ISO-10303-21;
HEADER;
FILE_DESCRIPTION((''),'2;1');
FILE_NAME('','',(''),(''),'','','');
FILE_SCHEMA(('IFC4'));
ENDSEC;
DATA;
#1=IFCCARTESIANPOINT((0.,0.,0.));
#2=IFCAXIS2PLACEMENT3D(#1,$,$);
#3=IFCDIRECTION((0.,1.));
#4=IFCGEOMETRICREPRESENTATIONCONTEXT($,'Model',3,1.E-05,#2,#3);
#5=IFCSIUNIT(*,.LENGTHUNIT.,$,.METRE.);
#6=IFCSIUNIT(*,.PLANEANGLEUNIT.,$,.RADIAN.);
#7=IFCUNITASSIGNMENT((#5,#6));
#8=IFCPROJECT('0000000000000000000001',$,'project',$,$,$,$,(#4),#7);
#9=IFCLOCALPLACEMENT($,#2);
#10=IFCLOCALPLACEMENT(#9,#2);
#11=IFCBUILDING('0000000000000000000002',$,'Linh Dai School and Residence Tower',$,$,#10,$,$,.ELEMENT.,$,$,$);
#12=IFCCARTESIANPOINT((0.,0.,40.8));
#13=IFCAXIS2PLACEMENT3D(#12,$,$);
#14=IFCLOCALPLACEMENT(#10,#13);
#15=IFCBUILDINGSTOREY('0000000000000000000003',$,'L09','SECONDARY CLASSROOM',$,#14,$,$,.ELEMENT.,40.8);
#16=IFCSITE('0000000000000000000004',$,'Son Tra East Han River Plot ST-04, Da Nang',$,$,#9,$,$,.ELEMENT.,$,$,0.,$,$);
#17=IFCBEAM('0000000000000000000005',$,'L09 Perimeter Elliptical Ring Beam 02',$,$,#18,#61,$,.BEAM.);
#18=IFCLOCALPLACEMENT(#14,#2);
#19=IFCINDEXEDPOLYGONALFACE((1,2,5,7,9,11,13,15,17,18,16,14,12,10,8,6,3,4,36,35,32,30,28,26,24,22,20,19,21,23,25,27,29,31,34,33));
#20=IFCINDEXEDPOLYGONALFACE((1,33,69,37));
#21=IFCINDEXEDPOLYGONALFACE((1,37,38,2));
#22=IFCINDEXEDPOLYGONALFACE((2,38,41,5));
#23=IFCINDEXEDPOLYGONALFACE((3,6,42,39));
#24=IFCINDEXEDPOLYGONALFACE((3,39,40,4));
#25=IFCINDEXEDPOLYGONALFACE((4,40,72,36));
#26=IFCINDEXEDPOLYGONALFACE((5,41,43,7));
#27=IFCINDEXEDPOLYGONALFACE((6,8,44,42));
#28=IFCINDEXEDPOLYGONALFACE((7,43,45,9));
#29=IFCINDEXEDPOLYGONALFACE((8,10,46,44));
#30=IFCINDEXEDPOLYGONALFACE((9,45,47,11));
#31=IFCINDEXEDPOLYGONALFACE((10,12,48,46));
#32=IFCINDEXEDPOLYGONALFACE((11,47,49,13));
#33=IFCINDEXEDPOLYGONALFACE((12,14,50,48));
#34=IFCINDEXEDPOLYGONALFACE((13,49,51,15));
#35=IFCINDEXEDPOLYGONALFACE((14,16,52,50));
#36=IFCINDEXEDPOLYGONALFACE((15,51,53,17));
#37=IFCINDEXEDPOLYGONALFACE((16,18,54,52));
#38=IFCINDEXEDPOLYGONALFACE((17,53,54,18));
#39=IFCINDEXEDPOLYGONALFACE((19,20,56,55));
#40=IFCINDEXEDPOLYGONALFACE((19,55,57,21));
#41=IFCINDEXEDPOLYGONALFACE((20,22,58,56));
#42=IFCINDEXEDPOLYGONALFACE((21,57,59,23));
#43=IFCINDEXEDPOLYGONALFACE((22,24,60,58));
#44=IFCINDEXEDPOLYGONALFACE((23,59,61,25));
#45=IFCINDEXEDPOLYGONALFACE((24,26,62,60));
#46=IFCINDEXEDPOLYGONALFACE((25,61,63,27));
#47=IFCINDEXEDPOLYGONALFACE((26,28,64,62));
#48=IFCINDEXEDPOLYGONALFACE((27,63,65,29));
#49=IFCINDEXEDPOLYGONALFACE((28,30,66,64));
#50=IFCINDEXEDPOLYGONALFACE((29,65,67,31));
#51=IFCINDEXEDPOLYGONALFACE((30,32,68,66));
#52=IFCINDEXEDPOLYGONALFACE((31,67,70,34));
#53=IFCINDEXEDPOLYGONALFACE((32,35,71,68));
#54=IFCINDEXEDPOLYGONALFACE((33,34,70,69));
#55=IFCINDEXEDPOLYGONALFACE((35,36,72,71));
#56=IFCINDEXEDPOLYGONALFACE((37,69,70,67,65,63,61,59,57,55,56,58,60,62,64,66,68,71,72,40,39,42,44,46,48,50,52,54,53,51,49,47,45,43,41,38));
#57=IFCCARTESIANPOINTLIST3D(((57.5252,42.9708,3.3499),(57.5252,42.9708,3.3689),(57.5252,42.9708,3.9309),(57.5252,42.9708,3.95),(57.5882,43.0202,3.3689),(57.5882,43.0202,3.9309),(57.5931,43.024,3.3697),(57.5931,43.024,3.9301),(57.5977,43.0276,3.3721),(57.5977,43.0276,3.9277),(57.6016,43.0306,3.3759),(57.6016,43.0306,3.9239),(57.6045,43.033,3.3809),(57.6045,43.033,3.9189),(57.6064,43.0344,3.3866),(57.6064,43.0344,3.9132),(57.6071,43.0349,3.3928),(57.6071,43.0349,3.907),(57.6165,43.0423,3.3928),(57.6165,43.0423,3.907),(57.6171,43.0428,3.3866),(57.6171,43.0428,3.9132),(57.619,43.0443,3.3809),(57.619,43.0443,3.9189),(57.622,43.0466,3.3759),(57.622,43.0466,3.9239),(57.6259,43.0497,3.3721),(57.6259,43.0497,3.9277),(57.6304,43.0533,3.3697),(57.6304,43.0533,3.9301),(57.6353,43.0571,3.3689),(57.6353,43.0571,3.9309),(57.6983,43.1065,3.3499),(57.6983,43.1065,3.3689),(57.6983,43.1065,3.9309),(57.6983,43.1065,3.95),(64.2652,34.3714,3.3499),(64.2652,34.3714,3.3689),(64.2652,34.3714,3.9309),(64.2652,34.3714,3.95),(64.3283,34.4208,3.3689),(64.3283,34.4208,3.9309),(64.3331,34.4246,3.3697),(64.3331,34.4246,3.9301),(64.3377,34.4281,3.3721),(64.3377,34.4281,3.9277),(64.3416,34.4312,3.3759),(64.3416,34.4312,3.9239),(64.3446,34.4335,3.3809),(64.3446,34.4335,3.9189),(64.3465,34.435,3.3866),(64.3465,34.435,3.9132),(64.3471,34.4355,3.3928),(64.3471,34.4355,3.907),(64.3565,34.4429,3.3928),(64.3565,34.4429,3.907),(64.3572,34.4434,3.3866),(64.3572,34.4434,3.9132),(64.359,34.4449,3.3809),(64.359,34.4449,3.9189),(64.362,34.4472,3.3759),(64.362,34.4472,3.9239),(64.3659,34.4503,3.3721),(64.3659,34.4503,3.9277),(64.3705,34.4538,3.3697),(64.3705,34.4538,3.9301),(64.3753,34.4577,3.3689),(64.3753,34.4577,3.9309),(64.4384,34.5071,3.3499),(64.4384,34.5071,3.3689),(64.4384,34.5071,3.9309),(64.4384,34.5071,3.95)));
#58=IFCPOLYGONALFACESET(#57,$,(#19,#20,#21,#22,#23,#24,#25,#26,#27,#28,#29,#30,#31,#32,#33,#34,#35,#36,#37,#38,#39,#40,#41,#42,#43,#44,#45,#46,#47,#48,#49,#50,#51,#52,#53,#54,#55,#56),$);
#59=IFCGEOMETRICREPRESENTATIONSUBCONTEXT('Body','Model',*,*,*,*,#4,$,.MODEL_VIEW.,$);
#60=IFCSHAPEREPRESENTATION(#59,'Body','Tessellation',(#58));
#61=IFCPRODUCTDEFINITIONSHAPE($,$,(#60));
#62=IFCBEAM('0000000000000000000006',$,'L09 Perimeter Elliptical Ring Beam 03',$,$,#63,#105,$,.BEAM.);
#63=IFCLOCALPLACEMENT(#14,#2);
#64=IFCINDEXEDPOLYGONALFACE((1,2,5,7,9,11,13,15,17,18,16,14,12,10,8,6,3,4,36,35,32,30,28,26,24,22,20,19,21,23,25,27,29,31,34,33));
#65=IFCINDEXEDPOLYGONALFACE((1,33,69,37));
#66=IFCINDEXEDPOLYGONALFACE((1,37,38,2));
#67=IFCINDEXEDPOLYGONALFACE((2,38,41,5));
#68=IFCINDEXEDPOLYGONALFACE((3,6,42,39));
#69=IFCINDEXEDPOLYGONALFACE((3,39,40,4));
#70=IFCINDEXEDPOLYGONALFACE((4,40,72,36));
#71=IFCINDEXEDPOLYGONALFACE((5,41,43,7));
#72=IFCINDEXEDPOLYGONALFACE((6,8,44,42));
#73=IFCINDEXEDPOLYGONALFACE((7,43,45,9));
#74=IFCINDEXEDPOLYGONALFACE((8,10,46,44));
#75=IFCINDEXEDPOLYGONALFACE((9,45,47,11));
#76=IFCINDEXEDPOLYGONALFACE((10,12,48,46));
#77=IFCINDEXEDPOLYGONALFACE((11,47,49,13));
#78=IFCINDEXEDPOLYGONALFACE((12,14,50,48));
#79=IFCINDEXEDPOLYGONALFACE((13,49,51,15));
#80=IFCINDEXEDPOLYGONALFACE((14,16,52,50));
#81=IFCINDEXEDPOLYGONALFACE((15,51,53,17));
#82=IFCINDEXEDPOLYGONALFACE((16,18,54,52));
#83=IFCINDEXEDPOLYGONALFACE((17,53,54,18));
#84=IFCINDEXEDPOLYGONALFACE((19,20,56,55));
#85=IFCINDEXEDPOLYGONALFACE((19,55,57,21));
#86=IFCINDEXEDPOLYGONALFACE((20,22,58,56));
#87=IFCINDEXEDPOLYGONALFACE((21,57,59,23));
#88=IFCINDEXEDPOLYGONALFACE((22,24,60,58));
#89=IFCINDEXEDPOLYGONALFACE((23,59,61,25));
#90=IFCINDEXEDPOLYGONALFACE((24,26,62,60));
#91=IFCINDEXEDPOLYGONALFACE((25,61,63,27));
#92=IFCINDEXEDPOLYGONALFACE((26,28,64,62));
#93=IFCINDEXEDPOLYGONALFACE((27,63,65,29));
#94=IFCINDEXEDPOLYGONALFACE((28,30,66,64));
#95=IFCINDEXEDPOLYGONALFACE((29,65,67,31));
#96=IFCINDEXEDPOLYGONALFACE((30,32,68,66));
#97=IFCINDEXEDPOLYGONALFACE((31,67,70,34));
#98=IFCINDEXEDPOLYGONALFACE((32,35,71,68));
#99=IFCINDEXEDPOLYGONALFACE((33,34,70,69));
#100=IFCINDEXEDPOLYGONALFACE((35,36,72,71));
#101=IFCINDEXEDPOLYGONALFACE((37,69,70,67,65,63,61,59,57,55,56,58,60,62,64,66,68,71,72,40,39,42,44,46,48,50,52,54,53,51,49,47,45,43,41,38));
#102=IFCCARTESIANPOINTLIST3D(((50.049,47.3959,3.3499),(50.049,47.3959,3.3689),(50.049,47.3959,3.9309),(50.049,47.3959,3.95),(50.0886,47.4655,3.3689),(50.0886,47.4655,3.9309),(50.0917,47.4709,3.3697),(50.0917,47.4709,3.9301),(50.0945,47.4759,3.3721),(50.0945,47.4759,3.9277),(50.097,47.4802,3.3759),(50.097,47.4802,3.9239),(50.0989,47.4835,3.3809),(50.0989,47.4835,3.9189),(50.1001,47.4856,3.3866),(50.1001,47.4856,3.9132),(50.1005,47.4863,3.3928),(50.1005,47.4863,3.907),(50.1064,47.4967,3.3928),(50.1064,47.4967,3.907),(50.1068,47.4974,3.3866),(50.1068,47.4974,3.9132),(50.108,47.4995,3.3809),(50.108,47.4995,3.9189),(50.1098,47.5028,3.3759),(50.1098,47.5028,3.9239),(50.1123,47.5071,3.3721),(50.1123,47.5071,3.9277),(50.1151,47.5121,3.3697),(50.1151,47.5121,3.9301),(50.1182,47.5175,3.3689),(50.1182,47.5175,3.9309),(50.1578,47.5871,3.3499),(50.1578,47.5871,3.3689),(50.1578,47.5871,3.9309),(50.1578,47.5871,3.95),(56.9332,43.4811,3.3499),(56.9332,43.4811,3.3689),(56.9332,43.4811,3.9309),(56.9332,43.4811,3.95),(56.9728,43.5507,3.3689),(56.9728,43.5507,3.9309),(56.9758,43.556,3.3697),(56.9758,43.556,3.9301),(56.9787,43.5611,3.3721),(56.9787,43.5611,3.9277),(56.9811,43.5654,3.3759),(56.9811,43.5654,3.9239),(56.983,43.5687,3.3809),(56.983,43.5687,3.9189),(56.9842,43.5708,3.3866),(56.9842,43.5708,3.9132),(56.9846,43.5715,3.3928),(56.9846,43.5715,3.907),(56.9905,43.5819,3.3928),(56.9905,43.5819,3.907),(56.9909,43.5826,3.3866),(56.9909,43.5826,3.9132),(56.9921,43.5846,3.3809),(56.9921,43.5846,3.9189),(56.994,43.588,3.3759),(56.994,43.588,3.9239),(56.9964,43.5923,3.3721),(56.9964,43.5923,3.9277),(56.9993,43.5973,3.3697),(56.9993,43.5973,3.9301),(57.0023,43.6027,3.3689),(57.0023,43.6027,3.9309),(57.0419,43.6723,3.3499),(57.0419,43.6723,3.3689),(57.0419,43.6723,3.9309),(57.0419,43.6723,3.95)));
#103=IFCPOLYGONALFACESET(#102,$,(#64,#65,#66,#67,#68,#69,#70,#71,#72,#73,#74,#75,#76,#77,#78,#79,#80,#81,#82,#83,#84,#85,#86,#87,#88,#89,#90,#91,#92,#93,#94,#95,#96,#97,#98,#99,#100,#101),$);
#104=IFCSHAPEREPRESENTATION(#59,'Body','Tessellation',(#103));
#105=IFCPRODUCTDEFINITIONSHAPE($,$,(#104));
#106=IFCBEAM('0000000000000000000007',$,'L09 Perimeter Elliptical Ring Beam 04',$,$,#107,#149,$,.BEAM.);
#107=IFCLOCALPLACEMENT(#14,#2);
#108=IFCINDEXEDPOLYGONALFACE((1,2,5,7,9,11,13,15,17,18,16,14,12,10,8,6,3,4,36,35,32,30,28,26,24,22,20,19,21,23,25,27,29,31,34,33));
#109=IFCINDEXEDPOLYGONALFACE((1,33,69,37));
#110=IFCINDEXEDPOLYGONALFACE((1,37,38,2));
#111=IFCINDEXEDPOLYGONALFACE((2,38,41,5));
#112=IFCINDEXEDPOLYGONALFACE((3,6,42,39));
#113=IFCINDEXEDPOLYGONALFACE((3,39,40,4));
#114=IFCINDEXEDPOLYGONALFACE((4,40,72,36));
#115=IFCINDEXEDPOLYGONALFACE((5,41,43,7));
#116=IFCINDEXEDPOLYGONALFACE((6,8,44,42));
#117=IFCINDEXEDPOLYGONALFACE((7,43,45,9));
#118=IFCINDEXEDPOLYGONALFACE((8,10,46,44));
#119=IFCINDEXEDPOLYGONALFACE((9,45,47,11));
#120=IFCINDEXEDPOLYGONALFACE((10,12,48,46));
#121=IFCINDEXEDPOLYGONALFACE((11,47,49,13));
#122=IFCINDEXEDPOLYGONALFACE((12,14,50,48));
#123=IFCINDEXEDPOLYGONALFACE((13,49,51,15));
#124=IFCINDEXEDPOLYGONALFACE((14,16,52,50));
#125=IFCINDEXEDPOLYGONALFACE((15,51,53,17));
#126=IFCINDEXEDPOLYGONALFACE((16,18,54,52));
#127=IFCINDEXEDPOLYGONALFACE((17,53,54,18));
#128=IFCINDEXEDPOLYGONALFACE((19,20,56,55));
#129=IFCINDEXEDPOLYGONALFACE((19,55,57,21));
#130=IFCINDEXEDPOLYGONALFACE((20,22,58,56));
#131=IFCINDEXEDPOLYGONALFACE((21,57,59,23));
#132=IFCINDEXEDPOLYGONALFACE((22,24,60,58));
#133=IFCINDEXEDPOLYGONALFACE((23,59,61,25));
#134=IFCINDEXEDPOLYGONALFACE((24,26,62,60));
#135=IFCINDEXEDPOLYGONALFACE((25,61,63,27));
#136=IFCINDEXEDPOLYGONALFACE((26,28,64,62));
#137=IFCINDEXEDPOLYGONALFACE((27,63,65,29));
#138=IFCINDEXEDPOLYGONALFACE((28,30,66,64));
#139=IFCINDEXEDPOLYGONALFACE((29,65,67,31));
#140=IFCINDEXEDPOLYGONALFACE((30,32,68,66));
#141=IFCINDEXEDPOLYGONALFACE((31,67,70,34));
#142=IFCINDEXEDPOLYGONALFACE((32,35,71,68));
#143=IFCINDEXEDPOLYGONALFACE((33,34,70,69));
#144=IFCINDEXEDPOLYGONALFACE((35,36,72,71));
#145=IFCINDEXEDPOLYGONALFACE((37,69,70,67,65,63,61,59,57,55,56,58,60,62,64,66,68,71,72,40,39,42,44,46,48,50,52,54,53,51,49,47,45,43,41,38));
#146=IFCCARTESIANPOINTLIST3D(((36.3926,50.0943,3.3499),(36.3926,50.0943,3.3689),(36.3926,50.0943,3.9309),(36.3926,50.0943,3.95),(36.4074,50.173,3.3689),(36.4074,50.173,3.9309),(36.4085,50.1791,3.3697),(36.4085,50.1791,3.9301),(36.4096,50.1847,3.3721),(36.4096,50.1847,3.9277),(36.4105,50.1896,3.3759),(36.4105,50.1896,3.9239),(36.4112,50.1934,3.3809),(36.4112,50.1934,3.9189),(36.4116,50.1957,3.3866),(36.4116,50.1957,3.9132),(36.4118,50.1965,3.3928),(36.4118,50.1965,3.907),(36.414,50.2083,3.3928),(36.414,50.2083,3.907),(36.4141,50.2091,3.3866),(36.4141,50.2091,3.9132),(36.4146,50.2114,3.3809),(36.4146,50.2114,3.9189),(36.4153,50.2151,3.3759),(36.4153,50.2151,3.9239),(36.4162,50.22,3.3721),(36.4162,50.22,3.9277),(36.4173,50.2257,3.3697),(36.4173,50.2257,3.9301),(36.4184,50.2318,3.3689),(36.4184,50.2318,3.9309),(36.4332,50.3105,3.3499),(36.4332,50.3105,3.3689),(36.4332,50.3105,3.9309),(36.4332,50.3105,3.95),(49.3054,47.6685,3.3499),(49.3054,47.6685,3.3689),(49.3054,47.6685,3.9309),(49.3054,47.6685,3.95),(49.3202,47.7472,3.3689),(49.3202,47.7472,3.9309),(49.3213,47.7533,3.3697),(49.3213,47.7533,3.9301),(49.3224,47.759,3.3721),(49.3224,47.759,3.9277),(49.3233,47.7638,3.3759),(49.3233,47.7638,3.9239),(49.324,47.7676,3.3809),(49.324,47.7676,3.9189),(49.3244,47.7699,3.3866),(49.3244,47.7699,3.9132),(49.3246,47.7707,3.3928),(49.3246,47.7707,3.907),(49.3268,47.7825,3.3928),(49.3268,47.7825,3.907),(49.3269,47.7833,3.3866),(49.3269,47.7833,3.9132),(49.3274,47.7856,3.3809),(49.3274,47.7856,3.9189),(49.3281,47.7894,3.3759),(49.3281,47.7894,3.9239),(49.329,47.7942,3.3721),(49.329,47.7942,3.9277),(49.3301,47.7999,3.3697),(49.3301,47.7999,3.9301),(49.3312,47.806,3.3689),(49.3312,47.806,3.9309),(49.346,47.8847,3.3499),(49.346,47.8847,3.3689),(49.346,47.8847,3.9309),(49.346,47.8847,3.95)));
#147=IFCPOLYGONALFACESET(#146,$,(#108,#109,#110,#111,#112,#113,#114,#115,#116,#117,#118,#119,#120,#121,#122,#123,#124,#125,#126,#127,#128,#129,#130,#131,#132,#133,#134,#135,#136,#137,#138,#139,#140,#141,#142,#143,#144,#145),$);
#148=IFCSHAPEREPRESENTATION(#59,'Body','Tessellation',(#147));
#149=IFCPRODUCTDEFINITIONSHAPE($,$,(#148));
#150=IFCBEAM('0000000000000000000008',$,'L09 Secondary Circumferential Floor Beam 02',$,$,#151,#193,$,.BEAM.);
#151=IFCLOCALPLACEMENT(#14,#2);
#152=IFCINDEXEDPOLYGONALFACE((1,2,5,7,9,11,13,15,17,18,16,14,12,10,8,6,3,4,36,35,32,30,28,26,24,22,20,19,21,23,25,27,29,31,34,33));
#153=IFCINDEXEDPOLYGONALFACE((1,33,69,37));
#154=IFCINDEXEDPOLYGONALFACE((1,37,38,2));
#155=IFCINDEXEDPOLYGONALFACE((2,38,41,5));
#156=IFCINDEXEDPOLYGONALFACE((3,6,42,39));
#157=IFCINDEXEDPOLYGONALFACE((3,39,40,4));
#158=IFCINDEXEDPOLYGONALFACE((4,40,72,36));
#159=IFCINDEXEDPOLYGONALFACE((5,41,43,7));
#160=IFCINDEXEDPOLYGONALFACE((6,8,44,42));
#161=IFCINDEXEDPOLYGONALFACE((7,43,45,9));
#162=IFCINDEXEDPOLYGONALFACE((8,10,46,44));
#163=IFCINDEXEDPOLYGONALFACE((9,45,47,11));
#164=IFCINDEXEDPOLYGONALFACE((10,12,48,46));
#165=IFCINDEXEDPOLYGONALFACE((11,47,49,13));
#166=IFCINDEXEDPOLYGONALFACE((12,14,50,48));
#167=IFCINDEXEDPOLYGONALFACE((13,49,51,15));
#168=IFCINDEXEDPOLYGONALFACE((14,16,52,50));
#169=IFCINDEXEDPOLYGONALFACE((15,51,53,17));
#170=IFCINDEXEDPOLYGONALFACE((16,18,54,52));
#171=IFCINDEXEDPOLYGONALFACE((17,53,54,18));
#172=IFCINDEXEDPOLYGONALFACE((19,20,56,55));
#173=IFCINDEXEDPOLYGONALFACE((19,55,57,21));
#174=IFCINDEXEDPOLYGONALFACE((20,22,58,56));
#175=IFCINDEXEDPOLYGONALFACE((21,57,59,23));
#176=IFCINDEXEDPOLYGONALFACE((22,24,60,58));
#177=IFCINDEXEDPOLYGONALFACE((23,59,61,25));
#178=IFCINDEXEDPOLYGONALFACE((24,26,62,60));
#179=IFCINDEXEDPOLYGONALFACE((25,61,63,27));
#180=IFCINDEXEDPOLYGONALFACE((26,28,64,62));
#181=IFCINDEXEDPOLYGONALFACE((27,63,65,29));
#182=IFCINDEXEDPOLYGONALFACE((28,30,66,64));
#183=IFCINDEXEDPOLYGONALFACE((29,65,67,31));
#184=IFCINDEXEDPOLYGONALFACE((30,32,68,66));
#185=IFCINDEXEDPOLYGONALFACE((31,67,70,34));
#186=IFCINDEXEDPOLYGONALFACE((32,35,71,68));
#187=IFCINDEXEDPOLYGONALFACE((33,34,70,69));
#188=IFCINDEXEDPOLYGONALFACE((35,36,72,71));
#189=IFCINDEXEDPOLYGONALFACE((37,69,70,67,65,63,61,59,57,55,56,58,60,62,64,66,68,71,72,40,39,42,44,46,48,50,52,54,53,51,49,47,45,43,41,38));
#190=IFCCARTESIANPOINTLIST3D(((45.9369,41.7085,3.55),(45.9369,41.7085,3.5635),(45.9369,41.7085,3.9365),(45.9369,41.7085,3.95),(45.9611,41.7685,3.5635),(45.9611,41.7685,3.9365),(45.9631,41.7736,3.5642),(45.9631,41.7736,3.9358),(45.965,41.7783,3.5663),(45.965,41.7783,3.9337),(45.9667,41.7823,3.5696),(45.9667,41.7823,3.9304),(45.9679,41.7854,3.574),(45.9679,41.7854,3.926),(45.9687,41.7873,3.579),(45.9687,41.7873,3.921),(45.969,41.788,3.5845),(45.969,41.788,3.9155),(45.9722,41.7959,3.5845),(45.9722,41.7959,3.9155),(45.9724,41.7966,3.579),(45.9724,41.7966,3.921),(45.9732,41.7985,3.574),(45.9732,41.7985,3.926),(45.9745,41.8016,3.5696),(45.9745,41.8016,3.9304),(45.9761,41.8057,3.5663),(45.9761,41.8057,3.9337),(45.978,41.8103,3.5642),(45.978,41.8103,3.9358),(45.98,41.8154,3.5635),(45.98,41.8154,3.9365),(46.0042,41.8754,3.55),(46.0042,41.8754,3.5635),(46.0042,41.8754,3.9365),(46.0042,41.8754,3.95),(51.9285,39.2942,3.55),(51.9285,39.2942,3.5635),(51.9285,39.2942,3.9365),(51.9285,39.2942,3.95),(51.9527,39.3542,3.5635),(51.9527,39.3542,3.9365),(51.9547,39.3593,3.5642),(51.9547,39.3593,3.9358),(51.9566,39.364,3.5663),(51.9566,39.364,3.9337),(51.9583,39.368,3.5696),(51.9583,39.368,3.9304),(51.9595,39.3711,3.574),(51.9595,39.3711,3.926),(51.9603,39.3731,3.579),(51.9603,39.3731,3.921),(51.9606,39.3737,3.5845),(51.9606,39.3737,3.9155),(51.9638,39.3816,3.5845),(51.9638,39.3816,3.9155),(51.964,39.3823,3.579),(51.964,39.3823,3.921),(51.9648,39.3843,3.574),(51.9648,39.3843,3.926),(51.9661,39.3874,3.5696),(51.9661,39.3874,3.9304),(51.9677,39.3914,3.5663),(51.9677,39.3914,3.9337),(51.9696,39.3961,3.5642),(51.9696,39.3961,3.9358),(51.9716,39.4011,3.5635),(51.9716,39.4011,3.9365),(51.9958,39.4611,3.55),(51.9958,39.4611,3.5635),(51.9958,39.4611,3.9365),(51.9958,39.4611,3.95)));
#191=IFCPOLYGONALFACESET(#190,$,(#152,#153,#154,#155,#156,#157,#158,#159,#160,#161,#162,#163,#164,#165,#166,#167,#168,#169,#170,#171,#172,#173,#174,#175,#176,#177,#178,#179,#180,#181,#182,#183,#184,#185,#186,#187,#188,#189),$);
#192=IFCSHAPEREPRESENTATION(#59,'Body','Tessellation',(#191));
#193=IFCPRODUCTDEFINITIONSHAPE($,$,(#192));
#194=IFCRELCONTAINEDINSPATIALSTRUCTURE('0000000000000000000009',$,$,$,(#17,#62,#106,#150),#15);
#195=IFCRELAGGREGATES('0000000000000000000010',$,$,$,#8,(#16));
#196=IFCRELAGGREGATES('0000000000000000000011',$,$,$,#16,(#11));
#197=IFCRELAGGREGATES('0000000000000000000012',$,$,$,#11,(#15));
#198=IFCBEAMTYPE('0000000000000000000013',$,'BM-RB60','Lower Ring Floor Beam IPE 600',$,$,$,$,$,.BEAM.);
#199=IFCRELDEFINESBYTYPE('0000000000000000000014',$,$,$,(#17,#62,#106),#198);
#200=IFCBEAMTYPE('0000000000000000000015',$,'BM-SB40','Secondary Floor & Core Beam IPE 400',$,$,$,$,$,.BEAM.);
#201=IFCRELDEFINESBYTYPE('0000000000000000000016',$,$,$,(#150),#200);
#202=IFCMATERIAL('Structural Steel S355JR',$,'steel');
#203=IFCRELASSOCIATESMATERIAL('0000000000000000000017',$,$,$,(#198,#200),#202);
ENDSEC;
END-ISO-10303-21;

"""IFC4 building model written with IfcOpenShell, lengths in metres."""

from ifc_helpers import new_model, si_unit, direction, frame, origin, origin_2d, place, context, subcontext, project, spatial, i_section, extrude, material, material_profile, profile_set, type_object, element, save


model = new_model("IFC4")

# Units and contexts
model_context = context("Model", 3, precision=1e-05, world=origin(), true_north=direction((0.0, 1.0)))
body_context = subcontext(model_context, "Body", "Model", "MODEL_VIEW")
ifc_project = project(units=[si_unit("LENGTHUNIT", "METRE"), si_unit("PLANEANGLEUNIT", "RADIAN")], contexts=[model_context])

# Site, building, storey
site_placement = place(None, origin())
site = spatial("IfcSite", under=ifc_project, at=site_placement, Name="Son Tra East Han River Plot ST-04, Da Nang", CompositionType="ELEMENT", RefElevation=0.0)
building_placement = place(site_placement, origin())
building = spatial("IfcBuilding", under=site, at=building_placement, Name="Linh Dai School and Residence Tower", CompositionType="ELEMENT")
storey_placement = place(building_placement, frame((0.0, 0.0, 40.8)))
storey = spatial("IfcBuildingStorey", under=building, at=storey_placement, Name="L09", Description="SECONDARY CLASSROOM", CompositionType="ELEMENT", Elevation=40.8)

# Shared definitions
ifc_material_1 = material(Name="Structural Steel S355JR", Category="steel")

# Beams
ifc_material_profile_1 = material_profile(ifc_material_1, i_section(OverallWidth=0.22, OverallDepth=0.6001, WebThickness=0.012, FlangeThickness=0.019, FilletRadius=0.0239, at=origin_2d()), Name="IPE 600")
ifc_profile_set_1 = profile_set([ifc_material_profile_1], Name="Structural Steel S355JR")
beam_type_1 = type_object("IfcBeamType", Name="BM-RB60", Description="Lower Ring Floor Beam IPE 600", PredefinedType="BEAM", material=ifc_profile_set_1)
beam_1_placement = place(storey_placement, frame((64.3518, 34.4392, 3.6499), z_axis=(-0.616879, 0.787058, 0.0), x_axis=(-0.787058, -0.616879, 0.0)))
element("IfcBeam", 1, at=beam_1_placement, inside=storey, type_object=beam_type_1, Name="L09 Perimeter Elliptical Ring Beam 02", PredefinedType="BEAM", context=body_context, shape_type="SweptSolid", body=[
    extrude(i_section(OverallWidth=0.22, OverallDepth=0.6001, WebThickness=0.012, FlangeThickness=0.019, FilletRadius=0.0239, at=origin_2d()), origin(), (0.0, 0.0, 1.0), 10.926),
])
beam_2_placement = place(storey_placement, frame((56.9875, 43.5767, 3.6499), z_axis=(-0.869271, 0.494335, 0.0), x_axis=(-0.494335, -0.869271, 0.0)))
element("IfcBeam", 2, at=beam_2_placement, inside=storey, type_object=beam_type_1, Name="L09 Perimeter Elliptical Ring Beam 03", PredefinedType="BEAM", context=body_context, shape_type="SweptSolid", body=[
    extrude(i_section(OverallWidth=0.22, OverallDepth=0.6001, WebThickness=0.012, FlangeThickness=0.019, FilletRadius=0.0239, at=origin_2d()), origin(), (0.0, 0.0, 1.0), 7.9194),
])
beam_3_placement = place(storey_placement, frame((49.3257, 47.7766, 3.6499), z_axis=(-0.982808, 0.184628, 0.0), x_axis=(-0.184628, -0.982808, 0.0)))
element("IfcBeam", 3, at=beam_3_placement, inside=storey, type_object=beam_type_1, Name="L09 Perimeter Elliptical Ring Beam 04", PredefinedType="BEAM", context=body_context, shape_type="SweptSolid", body=[
    extrude(i_section(OverallWidth=0.22, OverallDepth=0.6001, WebThickness=0.012, FlangeThickness=0.019, FilletRadius=0.0239, at=origin_2d()), origin(), (0.0, 0.0, 1.0), 13.1387),
])
ifc_material_profile_2 = material_profile(ifc_material_1, i_section(OverallWidth=0.1799, OverallDepth=0.3999, WebThickness=0.0085, FlangeThickness=0.0134, FilletRadius=0.021, at=origin_2d()), Name="IPE 400")
ifc_profile_set_2 = profile_set([ifc_material_profile_2], Name="Structural Steel S355JR")
beam_type_2 = type_object("IfcBeamType", Name="BM-SB40", Description="Secondary Floor & Core Beam IPE 400", PredefinedType="BEAM", material=ifc_profile_set_2)
beam_4_placement = place(storey_placement, frame((51.9622, 39.3777, 3.75), z_axis=(-0.927533, 0.373742, 0.0), x_axis=(-0.373742, -0.927533, 0.0)))
element("IfcBeam", 4, at=beam_4_placement, inside=storey, type_object=beam_type_2, Name="L09 Secondary Circumferential Floor Beam 02", PredefinedType="BEAM", context=body_context, shape_type="SweptSolid", body=[
    extrude(i_section(OverallWidth=0.1799, OverallDepth=0.3999, WebThickness=0.0085, FlangeThickness=0.0134, FilletRadius=0.021, at=origin_2d()), origin(), (0.0, 0.0, 1.0), 6.4597),
])

save(model, "model.ifc")
